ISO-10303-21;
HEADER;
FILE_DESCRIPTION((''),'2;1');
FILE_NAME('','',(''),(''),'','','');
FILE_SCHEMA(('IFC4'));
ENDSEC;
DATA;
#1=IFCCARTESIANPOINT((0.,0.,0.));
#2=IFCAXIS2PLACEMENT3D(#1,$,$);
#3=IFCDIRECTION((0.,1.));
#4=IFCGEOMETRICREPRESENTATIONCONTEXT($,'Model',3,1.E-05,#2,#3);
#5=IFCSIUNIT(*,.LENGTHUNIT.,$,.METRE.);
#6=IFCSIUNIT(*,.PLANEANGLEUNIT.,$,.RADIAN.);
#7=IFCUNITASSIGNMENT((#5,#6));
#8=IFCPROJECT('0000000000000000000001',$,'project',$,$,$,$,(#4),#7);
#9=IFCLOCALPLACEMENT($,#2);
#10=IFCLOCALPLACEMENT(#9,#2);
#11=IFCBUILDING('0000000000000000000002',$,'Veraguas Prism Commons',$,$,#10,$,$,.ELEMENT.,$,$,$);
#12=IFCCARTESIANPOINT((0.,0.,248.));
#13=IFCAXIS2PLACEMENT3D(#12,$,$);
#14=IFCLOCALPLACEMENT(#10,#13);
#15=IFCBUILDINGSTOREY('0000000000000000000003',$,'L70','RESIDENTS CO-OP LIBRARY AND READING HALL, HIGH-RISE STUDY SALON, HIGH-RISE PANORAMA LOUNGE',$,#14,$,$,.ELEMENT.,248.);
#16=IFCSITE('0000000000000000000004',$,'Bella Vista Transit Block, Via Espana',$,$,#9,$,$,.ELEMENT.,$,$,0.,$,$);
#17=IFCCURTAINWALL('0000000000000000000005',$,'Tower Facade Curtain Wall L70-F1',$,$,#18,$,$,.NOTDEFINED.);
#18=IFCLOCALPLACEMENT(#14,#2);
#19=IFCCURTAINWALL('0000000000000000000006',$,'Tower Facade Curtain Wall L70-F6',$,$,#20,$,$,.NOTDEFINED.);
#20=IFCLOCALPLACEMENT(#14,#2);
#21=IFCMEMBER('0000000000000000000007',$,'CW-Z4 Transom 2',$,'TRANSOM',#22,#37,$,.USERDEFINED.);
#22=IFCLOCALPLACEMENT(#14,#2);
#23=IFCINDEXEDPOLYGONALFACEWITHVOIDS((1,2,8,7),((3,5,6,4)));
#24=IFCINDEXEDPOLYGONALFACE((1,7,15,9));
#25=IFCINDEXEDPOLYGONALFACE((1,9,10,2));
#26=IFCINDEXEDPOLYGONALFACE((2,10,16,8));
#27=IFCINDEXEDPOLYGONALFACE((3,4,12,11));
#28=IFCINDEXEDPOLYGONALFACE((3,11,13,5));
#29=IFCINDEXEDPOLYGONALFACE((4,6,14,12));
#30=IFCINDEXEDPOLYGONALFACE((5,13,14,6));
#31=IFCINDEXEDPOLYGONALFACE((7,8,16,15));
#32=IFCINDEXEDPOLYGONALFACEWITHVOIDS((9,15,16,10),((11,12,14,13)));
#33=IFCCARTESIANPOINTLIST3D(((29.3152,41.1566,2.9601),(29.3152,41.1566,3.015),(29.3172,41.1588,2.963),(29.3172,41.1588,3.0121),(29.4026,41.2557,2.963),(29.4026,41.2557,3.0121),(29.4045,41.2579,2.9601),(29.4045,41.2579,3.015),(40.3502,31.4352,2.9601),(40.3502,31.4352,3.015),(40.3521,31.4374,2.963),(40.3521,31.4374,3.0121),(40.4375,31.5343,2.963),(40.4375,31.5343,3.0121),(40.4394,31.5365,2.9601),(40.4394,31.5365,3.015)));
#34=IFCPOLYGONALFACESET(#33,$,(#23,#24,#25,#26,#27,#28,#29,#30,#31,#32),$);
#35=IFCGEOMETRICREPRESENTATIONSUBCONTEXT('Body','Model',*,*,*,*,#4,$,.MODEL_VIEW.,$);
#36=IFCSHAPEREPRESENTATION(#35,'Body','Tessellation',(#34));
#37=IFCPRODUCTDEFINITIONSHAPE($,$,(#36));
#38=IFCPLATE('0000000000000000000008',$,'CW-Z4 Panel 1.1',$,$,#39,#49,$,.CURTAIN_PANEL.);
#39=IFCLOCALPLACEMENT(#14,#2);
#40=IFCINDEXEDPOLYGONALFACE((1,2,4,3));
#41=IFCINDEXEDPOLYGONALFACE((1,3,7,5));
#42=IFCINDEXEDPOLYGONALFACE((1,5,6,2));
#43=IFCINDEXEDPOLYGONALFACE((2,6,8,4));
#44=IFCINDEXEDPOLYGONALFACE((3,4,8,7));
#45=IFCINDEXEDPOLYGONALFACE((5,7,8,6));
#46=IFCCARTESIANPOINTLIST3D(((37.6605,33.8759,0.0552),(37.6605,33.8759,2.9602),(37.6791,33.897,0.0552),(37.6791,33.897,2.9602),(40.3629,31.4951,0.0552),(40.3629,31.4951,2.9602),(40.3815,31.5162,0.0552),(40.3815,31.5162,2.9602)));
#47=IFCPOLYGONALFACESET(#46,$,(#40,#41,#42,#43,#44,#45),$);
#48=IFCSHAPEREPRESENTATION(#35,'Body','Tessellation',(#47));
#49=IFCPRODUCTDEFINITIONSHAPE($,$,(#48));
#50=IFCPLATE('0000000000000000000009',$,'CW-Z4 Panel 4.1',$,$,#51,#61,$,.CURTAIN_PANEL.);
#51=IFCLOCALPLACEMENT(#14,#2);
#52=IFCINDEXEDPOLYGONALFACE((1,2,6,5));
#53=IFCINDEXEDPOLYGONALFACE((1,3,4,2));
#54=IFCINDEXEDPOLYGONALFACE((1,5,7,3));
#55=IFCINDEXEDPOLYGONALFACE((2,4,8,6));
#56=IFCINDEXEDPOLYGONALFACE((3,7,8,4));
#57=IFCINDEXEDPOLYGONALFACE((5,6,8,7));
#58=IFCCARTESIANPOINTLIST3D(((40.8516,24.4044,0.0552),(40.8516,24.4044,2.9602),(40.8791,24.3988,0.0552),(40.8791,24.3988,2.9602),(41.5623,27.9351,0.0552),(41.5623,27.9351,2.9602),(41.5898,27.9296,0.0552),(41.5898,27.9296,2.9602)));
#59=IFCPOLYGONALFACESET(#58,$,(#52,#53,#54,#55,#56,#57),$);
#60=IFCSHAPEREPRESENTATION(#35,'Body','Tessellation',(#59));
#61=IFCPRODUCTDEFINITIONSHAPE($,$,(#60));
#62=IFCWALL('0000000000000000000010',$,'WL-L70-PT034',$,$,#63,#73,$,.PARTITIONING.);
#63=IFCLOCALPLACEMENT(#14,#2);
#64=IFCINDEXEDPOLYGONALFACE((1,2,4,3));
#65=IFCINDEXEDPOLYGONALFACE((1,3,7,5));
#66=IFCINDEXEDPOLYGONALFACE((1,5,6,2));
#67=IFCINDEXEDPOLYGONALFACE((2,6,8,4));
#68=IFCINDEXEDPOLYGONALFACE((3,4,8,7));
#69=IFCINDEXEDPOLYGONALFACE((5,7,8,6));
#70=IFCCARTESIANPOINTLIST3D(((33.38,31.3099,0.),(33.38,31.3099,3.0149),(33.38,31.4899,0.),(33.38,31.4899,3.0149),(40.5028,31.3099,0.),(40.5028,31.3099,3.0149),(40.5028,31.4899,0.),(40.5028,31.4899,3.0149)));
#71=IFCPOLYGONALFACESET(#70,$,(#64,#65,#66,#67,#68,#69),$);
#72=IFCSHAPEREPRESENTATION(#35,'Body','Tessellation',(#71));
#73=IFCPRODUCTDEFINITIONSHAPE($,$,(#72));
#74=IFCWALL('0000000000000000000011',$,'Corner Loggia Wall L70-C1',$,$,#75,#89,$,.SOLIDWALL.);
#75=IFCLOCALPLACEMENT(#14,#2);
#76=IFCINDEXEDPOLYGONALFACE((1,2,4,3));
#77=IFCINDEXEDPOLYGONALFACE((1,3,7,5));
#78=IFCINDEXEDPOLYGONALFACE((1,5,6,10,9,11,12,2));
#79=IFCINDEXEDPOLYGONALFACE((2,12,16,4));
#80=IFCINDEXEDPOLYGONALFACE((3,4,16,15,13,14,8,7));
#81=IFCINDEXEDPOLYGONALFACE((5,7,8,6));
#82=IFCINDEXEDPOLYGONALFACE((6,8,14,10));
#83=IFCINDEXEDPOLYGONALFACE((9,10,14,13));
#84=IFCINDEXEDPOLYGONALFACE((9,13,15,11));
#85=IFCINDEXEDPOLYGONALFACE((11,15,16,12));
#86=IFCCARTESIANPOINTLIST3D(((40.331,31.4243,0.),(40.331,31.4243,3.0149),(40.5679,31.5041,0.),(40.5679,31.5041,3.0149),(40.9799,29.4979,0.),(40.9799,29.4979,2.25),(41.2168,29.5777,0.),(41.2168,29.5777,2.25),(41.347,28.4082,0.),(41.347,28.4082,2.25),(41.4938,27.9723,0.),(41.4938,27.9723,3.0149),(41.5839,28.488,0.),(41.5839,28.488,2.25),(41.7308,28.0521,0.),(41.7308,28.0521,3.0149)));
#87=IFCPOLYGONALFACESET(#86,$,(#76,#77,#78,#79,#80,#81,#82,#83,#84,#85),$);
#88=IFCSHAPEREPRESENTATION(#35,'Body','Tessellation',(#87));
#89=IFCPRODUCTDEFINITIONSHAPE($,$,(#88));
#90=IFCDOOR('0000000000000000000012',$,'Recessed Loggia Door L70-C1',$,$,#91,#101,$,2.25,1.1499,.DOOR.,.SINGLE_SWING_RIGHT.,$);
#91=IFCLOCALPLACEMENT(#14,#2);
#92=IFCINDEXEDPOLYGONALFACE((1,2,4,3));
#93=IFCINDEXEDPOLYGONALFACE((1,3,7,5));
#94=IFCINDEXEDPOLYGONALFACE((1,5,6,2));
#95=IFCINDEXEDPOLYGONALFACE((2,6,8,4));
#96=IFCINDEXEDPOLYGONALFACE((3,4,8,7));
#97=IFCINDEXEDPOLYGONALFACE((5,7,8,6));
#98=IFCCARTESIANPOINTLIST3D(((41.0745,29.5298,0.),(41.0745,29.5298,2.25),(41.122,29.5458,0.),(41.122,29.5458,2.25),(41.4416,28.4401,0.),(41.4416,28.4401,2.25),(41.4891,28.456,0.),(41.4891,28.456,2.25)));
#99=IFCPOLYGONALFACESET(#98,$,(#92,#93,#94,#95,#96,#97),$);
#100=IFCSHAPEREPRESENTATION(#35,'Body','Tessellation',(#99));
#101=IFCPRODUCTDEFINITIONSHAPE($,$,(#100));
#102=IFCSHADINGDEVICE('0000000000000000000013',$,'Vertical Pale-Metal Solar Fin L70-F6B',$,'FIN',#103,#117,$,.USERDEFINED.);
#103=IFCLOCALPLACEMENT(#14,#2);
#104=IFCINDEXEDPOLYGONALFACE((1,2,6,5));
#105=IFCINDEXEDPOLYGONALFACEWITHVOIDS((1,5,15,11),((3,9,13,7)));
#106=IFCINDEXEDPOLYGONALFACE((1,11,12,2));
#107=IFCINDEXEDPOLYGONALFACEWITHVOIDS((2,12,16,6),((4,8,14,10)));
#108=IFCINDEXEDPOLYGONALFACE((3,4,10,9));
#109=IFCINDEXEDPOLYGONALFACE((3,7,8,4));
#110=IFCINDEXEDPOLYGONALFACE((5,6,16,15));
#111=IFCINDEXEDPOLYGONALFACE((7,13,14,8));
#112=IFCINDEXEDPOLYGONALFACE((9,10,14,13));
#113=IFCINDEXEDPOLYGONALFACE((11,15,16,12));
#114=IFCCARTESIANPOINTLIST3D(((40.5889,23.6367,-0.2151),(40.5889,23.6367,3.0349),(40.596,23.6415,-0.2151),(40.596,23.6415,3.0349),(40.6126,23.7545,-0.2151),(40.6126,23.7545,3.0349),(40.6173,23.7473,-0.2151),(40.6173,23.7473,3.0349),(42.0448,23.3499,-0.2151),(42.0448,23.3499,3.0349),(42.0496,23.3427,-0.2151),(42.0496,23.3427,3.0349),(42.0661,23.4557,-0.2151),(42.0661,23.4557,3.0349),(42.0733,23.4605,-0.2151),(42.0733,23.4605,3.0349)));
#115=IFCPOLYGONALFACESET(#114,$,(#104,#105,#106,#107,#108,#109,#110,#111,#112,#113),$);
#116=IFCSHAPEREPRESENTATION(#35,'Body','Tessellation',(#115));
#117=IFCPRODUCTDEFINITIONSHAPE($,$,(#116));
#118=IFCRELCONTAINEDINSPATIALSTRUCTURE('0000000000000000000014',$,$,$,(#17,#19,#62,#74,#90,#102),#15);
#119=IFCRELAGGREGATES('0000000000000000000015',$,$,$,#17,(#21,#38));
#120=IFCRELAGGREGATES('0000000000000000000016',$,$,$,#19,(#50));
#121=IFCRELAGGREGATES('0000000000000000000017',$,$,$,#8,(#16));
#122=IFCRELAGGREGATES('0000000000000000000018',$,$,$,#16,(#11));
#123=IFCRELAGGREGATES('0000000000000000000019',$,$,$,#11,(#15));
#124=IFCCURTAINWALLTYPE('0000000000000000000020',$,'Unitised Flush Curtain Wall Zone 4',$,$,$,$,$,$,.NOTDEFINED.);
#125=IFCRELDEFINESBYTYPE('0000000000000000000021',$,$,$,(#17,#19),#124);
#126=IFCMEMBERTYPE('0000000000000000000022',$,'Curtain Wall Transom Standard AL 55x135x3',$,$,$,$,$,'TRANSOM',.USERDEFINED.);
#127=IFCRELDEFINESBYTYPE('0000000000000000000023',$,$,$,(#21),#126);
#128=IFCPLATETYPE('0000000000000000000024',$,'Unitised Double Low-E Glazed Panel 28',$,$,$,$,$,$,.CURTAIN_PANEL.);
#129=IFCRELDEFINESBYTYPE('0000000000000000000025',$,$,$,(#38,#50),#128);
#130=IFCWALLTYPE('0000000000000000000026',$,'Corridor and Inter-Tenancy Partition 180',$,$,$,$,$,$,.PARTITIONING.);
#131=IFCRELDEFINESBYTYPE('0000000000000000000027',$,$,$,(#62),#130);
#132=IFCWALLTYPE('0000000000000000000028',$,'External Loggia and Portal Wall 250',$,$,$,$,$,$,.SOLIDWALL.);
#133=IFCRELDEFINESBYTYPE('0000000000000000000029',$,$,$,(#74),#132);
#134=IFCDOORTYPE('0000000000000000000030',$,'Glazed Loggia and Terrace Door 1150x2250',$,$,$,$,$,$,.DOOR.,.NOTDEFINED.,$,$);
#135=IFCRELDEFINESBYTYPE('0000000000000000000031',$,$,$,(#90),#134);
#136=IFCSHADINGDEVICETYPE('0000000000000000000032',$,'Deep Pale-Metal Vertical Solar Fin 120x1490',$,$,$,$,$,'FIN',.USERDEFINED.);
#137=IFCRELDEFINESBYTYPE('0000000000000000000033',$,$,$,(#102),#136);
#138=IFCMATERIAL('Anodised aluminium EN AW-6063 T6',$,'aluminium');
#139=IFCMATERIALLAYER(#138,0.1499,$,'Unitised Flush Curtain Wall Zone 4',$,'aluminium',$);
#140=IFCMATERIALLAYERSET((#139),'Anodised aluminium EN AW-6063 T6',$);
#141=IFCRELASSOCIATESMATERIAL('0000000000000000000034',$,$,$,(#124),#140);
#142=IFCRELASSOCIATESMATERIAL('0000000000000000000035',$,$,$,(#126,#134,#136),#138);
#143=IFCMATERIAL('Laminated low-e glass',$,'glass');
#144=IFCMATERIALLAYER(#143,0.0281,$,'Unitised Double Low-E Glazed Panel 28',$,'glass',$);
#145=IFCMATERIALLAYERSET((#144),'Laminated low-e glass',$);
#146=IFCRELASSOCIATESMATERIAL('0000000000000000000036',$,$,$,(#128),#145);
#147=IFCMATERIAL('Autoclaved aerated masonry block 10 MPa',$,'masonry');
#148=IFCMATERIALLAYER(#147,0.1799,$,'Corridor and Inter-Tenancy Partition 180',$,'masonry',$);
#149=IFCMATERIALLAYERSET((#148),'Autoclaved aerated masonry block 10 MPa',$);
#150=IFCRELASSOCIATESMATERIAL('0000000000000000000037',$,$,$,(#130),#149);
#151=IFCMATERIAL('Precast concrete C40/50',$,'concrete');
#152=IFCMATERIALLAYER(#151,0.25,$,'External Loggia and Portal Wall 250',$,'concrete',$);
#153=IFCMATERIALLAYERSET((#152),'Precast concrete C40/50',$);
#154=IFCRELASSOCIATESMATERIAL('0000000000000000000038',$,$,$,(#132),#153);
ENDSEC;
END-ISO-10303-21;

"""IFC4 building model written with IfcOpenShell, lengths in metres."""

from ifc_helpers import new_model, si_unit, direction, frame, frame_2d, origin, origin_2d, place, context, subcontext, project, spatial, rectangle, hollow_rectangle, extrude, source, transform, mapped, material, layer, layer_set, material_profile, profile_set, type_object, element, fill, aggregate, save


model = new_model("IFC4")

# Units and contexts
model_context = context("Model", 3, precision=1e-05, world=origin(), true_north=direction((0.0, 1.0)))
body_context = subcontext(model_context, "Body", "Model", "MODEL_VIEW")
ifc_project = project(units=[si_unit("LENGTHUNIT", "METRE"), si_unit("PLANEANGLEUNIT", "RADIAN")], contexts=[model_context])

# Site, building, storey
site_placement = place(None, origin())
site = spatial("IfcSite", under=ifc_project, at=site_placement, Name="Bella Vista Transit Block, Via Espana", CompositionType="ELEMENT", RefElevation=0.0)
building_placement = place(site_placement, origin())
building = spatial("IfcBuilding", under=site, at=building_placement, Name="Veraguas Prism Commons", CompositionType="ELEMENT")
storey_placement = place(building_placement, frame((0.0, 0.0, 248.0)))
storey = spatial("IfcBuildingStorey", under=building, at=storey_placement, Name="L70", Description="RESIDENTS CO-OP LIBRARY AND READING HALL, HIGH-RISE STUDY SALON, HIGH-RISE PANORAMA LOUNGE", CompositionType="ELEMENT", Elevation=248.0)

# Curtain wall
ifc_material_1 = material(Name="Anodised aluminium EN AW-6063 T6", Category="aluminium")
ifc_layer_1 = layer(ifc_material_1, 0.1499, Name="Unitised Flush Curtain Wall Zone 4", Category="aluminium")
ifc_layer_set_1 = layer_set([ifc_layer_1], Name="Anodised aluminium EN AW-6063 T6")
curtain_wall_type = type_object("IfcCurtainWallType", Name="Unitised Flush Curtain Wall Zone 4", PredefinedType="NOTDEFINED", material=ifc_layer_set_1)
curtain_wall_1_placement = place(storey_placement, origin())
curtain_wall_1 = element("IfcCurtainWall", 1, at=curtain_wall_1_placement, inside=storey, type_object=curtain_wall_type, Name="Tower Facade Curtain Wall L70-F1", PredefinedType="NOTDEFINED")

# Curtain wall
curtain_wall_2_placement = place(storey_placement, origin())
curtain_wall_2 = element("IfcCurtainWall", 2, at=curtain_wall_2_placement, inside=storey, type_object=curtain_wall_type, Name="Tower Facade Curtain Wall L70-F6", PredefinedType="NOTDEFINED")

# Member
ifc_material_profile_1 = material_profile(ifc_material_1, hollow_rectangle(XDim=0.0549, YDim=0.135, WallThickness=0.0029, at=origin_2d()), Name="AL55X135X3")
ifc_profile_set_1 = profile_set([ifc_material_profile_1], Name="Anodised aluminium EN AW-6063 T6")
member_type_1 = type_object("IfcMemberType", Name="Curtain Wall Transom Standard AL 55x135x3", ElementType="TRANSOM", PredefinedType="USERDEFINED", material=ifc_profile_set_1)
shared_shape_1 = source(origin(), body_context, "Body", "SweptSolid", [
    extrude(hollow_rectangle(XDim=0.0549, YDim=0.135, WallThickness=0.0029, at=origin_2d()), origin(), (0.0, 0.0, 1.0), 14.7063),
])
member_1_placement = place(storey_placement, frame((40.3948, 31.4858, 2.9875), z_axis=(-0.750352, 0.661038, 0.0), x_axis=(0.0, 0.0, 1.0)))
member_1 = element("IfcMember", 3, at=member_1_placement, type_object=member_type_1, Name="CW-Z4 Transom 2", ObjectType="TRANSOM", PredefinedType="USERDEFINED", context=body_context, shape_type="MappedRepresentation", body=[
    mapped(shared_shape_1, transform((0.0, 0.0, 0.0), scale=1.0)),
])

# Plates
ifc_material_2 = material(Name="Laminated low-e glass", Category="glass")
ifc_layer_2 = layer(ifc_material_2, 0.0281, Name="Unitised Double Low-E Glazed Panel 28", Category="glass")
ifc_layer_set_2 = layer_set([ifc_layer_2], Name="Laminated low-e glass")
plate_type = type_object("IfcPlateType", Name="Unitised Double Low-E Glazed Panel 28", PredefinedType="CURTAIN_PANEL", material=ifc_layer_set_2)
shared_shape_2 = source(origin(), body_context, "Body", "SweptSolid", [
    extrude(rectangle(XDim=3.6016, YDim=0.0281, at=origin_2d()), origin(), (0.0, 0.0, 1.0), 2.905),
])
plate_1_placement = place(storey_placement, frame((39.021, 32.696, 0.0552), z_axis=(0.0, 0.0, 1.0), x_axis=(-0.750348, 0.661043, 0.0)))
plate_1 = element("IfcPlate", 4, at=plate_1_placement, type_object=plate_type, Name="CW-Z4 Panel 1.1", PredefinedType="CURTAIN_PANEL", context=body_context, shape_type="MappedRepresentation", body=[
    mapped(shared_shape_2, transform((0.0, 0.0, 0.0), scale=1.0)),
])
aggregate(curtain_wall_1, [member_1, plate_1])
plate_2_placement = place(storey_placement, frame((41.2207, 26.167, 0.0552), z_axis=(0.0, 0.0, 1.0), x_axis=(0.197319, 0.980339, 0.0)))
plate_2 = element("IfcPlate", 5, at=plate_2_placement, type_object=plate_type, Name="CW-Z4 Panel 4.1", PredefinedType="CURTAIN_PANEL", context=body_context, shape_type="MappedRepresentation", body=[
    mapped(shared_shape_2, transform((0.0, 0.0, 0.0), scale=1.0)),
])
aggregate(curtain_wall_2, [plate_2])

# Wall
ifc_material_3 = material(Name="Autoclaved aerated masonry block 10 MPa", Category="masonry")
ifc_layer_3 = layer(ifc_material_3, 0.1799, Name="Corridor and Inter-Tenancy Partition 180", Category="masonry")
ifc_layer_set_3 = layer_set([ifc_layer_3], Name="Autoclaved aerated masonry block 10 MPa")
wall_type_1 = type_object("IfcWallType", Name="Corridor and Inter-Tenancy Partition 180", PredefinedType="PARTITIONING", material=ifc_layer_set_3)
wall_1_placement = place(storey_placement, frame((33.3799, 31.3999, 0.0), z_axis=(0.0, 0.0, 1.0), x_axis=(1.0, 0.0, 0.0)))
element("IfcWall", 6, at=wall_1_placement, inside=storey, type_object=wall_type_1, Name="WL-L70-PT034", PredefinedType="PARTITIONING", context=body_context, shape_type="SweptSolid", body=[
    extrude(rectangle(XDim=7.1228, YDim=0.1799, at=frame_2d((3.5615, 0.0))), origin(), (0.0, 0.0, 1.0), 3.0149),
])

# Wall, opening, door
ifc_material_4 = material(Name="Precast concrete C40/50", Category="concrete")
ifc_layer_4 = layer(ifc_material_4, 0.25, Name="External Loggia and Portal Wall 250", Category="concrete")
ifc_layer_set_4 = layer_set([ifc_layer_4], Name="Precast concrete C40/50")
wall_type_2 = type_object("IfcWallType", Name="External Loggia and Portal Wall 250", PredefinedType="SOLIDWALL", material=ifc_layer_set_4)
wall_2_placement = place(storey_placement, frame((41.6123, 28.0122, 0.0), z_axis=(0.0, 0.0, 1.0), x_axis=(-0.319242, 0.947673, 0.0)))
wall_2 = element("IfcWall", 7, at=wall_2_placement, inside=storey, type_object=wall_type_2, Name="Corner Loggia Wall L70-C1", PredefinedType="SOLIDWALL", context=body_context, shape_type="SweptSolid", body=[
    extrude(rectangle(XDim=3.6426, YDim=0.25, at=frame_2d((1.8213, 0.0))), origin(), (0.0, 0.0, 1.0), 3.0149),
])
opening_placement = place(wall_2_placement, frame((0.46, 0.0, 0.0)))
opening = element("IfcOpeningElement", 8, at=opening_placement, cuts=wall_2, PredefinedType="OPENING", context=body_context, shape_type="SweptSolid", body=[
    extrude(rectangle(XDim=1.1499, YDim=2.25, at=frame_2d((0.575, 1.125))), frame((0.0, 0.135, 0.0), z_axis=(0.0, -1.0, 0.0), x_axis=(1.0, 0.0, 0.0)), (0.0, 0.0, 1.0), 0.27),
])
door_type = type_object("IfcDoorType", Name="Glazed Loggia and Terrace Door 1150x2250", OperationType="NOTDEFINED", PredefinedType="DOOR", material=ifc_material_1)
shared_shape_3 = source(origin(), body_context, "Body", "SweptSolid", [
    extrude(rectangle(XDim=1.1499, YDim=2.25, at=frame_2d((0.575, 1.125))), frame((0.0, 0.0249, 0.0), z_axis=(0.0, -1.0, 0.0), x_axis=(1.0, 0.0, 0.0)), (0.0, 0.0, 1.0), 0.05),
])
door_placement = place(opening_placement, frame((1.1499, 0.0, 0.0), z_axis=(0.0, 0.0, 1.0), x_axis=(-1.0, 0.0, 0.0)))
door = element("IfcDoor", 9, at=door_placement, inside=storey, type_object=door_type, Name="Recessed Loggia Door L70-C1", OperationType="SINGLE_SWING_RIGHT", OverallHeight=2.25, OverallWidth=1.1499, PredefinedType="DOOR", context=body_context, shape_type="MappedRepresentation", body=[
    mapped(shared_shape_3, transform((0.0, 0.0, 0.0), scale=1.0)),
])
fill(opening, door)

# Shading device
ifc_material_profile_2 = material_profile(ifc_material_1, hollow_rectangle(XDim=0.1201, YDim=1.49, WallThickness=0.0061, at=origin_2d()), Name="FIN120X1490X6")
ifc_profile_set_2 = profile_set([ifc_material_profile_2], Name="Anodised aluminium EN AW-6063 T6")
shading_device_type = type_object("IfcShadingDeviceType", Name="Deep Pale-Metal Vertical Solar Fin 120x1490", ElementType="FIN", PredefinedType="USERDEFINED", material=ifc_profile_set_2)
shading_device_placement = place(storey_placement, frame((41.3311, 23.5486, -0.2151), z_axis=(0.0, 0.0, 1.0), x_axis=(0.197315, 0.98034, 0.0)))
element("IfcShadingDevice", 10, at=shading_device_placement, inside=storey, type_object=shading_device_type, Name="Vertical Pale-Metal Solar Fin L70-F6B", ObjectType="FIN", PredefinedType="USERDEFINED", context=body_context, shape_type="SweptSolid", body=[
    extrude(hollow_rectangle(XDim=0.1201, YDim=1.49, WallThickness=0.0061, at=origin_2d()), origin(), (0.0, 0.0, 1.0), 3.25),
])

save(model, "model.ifc")
